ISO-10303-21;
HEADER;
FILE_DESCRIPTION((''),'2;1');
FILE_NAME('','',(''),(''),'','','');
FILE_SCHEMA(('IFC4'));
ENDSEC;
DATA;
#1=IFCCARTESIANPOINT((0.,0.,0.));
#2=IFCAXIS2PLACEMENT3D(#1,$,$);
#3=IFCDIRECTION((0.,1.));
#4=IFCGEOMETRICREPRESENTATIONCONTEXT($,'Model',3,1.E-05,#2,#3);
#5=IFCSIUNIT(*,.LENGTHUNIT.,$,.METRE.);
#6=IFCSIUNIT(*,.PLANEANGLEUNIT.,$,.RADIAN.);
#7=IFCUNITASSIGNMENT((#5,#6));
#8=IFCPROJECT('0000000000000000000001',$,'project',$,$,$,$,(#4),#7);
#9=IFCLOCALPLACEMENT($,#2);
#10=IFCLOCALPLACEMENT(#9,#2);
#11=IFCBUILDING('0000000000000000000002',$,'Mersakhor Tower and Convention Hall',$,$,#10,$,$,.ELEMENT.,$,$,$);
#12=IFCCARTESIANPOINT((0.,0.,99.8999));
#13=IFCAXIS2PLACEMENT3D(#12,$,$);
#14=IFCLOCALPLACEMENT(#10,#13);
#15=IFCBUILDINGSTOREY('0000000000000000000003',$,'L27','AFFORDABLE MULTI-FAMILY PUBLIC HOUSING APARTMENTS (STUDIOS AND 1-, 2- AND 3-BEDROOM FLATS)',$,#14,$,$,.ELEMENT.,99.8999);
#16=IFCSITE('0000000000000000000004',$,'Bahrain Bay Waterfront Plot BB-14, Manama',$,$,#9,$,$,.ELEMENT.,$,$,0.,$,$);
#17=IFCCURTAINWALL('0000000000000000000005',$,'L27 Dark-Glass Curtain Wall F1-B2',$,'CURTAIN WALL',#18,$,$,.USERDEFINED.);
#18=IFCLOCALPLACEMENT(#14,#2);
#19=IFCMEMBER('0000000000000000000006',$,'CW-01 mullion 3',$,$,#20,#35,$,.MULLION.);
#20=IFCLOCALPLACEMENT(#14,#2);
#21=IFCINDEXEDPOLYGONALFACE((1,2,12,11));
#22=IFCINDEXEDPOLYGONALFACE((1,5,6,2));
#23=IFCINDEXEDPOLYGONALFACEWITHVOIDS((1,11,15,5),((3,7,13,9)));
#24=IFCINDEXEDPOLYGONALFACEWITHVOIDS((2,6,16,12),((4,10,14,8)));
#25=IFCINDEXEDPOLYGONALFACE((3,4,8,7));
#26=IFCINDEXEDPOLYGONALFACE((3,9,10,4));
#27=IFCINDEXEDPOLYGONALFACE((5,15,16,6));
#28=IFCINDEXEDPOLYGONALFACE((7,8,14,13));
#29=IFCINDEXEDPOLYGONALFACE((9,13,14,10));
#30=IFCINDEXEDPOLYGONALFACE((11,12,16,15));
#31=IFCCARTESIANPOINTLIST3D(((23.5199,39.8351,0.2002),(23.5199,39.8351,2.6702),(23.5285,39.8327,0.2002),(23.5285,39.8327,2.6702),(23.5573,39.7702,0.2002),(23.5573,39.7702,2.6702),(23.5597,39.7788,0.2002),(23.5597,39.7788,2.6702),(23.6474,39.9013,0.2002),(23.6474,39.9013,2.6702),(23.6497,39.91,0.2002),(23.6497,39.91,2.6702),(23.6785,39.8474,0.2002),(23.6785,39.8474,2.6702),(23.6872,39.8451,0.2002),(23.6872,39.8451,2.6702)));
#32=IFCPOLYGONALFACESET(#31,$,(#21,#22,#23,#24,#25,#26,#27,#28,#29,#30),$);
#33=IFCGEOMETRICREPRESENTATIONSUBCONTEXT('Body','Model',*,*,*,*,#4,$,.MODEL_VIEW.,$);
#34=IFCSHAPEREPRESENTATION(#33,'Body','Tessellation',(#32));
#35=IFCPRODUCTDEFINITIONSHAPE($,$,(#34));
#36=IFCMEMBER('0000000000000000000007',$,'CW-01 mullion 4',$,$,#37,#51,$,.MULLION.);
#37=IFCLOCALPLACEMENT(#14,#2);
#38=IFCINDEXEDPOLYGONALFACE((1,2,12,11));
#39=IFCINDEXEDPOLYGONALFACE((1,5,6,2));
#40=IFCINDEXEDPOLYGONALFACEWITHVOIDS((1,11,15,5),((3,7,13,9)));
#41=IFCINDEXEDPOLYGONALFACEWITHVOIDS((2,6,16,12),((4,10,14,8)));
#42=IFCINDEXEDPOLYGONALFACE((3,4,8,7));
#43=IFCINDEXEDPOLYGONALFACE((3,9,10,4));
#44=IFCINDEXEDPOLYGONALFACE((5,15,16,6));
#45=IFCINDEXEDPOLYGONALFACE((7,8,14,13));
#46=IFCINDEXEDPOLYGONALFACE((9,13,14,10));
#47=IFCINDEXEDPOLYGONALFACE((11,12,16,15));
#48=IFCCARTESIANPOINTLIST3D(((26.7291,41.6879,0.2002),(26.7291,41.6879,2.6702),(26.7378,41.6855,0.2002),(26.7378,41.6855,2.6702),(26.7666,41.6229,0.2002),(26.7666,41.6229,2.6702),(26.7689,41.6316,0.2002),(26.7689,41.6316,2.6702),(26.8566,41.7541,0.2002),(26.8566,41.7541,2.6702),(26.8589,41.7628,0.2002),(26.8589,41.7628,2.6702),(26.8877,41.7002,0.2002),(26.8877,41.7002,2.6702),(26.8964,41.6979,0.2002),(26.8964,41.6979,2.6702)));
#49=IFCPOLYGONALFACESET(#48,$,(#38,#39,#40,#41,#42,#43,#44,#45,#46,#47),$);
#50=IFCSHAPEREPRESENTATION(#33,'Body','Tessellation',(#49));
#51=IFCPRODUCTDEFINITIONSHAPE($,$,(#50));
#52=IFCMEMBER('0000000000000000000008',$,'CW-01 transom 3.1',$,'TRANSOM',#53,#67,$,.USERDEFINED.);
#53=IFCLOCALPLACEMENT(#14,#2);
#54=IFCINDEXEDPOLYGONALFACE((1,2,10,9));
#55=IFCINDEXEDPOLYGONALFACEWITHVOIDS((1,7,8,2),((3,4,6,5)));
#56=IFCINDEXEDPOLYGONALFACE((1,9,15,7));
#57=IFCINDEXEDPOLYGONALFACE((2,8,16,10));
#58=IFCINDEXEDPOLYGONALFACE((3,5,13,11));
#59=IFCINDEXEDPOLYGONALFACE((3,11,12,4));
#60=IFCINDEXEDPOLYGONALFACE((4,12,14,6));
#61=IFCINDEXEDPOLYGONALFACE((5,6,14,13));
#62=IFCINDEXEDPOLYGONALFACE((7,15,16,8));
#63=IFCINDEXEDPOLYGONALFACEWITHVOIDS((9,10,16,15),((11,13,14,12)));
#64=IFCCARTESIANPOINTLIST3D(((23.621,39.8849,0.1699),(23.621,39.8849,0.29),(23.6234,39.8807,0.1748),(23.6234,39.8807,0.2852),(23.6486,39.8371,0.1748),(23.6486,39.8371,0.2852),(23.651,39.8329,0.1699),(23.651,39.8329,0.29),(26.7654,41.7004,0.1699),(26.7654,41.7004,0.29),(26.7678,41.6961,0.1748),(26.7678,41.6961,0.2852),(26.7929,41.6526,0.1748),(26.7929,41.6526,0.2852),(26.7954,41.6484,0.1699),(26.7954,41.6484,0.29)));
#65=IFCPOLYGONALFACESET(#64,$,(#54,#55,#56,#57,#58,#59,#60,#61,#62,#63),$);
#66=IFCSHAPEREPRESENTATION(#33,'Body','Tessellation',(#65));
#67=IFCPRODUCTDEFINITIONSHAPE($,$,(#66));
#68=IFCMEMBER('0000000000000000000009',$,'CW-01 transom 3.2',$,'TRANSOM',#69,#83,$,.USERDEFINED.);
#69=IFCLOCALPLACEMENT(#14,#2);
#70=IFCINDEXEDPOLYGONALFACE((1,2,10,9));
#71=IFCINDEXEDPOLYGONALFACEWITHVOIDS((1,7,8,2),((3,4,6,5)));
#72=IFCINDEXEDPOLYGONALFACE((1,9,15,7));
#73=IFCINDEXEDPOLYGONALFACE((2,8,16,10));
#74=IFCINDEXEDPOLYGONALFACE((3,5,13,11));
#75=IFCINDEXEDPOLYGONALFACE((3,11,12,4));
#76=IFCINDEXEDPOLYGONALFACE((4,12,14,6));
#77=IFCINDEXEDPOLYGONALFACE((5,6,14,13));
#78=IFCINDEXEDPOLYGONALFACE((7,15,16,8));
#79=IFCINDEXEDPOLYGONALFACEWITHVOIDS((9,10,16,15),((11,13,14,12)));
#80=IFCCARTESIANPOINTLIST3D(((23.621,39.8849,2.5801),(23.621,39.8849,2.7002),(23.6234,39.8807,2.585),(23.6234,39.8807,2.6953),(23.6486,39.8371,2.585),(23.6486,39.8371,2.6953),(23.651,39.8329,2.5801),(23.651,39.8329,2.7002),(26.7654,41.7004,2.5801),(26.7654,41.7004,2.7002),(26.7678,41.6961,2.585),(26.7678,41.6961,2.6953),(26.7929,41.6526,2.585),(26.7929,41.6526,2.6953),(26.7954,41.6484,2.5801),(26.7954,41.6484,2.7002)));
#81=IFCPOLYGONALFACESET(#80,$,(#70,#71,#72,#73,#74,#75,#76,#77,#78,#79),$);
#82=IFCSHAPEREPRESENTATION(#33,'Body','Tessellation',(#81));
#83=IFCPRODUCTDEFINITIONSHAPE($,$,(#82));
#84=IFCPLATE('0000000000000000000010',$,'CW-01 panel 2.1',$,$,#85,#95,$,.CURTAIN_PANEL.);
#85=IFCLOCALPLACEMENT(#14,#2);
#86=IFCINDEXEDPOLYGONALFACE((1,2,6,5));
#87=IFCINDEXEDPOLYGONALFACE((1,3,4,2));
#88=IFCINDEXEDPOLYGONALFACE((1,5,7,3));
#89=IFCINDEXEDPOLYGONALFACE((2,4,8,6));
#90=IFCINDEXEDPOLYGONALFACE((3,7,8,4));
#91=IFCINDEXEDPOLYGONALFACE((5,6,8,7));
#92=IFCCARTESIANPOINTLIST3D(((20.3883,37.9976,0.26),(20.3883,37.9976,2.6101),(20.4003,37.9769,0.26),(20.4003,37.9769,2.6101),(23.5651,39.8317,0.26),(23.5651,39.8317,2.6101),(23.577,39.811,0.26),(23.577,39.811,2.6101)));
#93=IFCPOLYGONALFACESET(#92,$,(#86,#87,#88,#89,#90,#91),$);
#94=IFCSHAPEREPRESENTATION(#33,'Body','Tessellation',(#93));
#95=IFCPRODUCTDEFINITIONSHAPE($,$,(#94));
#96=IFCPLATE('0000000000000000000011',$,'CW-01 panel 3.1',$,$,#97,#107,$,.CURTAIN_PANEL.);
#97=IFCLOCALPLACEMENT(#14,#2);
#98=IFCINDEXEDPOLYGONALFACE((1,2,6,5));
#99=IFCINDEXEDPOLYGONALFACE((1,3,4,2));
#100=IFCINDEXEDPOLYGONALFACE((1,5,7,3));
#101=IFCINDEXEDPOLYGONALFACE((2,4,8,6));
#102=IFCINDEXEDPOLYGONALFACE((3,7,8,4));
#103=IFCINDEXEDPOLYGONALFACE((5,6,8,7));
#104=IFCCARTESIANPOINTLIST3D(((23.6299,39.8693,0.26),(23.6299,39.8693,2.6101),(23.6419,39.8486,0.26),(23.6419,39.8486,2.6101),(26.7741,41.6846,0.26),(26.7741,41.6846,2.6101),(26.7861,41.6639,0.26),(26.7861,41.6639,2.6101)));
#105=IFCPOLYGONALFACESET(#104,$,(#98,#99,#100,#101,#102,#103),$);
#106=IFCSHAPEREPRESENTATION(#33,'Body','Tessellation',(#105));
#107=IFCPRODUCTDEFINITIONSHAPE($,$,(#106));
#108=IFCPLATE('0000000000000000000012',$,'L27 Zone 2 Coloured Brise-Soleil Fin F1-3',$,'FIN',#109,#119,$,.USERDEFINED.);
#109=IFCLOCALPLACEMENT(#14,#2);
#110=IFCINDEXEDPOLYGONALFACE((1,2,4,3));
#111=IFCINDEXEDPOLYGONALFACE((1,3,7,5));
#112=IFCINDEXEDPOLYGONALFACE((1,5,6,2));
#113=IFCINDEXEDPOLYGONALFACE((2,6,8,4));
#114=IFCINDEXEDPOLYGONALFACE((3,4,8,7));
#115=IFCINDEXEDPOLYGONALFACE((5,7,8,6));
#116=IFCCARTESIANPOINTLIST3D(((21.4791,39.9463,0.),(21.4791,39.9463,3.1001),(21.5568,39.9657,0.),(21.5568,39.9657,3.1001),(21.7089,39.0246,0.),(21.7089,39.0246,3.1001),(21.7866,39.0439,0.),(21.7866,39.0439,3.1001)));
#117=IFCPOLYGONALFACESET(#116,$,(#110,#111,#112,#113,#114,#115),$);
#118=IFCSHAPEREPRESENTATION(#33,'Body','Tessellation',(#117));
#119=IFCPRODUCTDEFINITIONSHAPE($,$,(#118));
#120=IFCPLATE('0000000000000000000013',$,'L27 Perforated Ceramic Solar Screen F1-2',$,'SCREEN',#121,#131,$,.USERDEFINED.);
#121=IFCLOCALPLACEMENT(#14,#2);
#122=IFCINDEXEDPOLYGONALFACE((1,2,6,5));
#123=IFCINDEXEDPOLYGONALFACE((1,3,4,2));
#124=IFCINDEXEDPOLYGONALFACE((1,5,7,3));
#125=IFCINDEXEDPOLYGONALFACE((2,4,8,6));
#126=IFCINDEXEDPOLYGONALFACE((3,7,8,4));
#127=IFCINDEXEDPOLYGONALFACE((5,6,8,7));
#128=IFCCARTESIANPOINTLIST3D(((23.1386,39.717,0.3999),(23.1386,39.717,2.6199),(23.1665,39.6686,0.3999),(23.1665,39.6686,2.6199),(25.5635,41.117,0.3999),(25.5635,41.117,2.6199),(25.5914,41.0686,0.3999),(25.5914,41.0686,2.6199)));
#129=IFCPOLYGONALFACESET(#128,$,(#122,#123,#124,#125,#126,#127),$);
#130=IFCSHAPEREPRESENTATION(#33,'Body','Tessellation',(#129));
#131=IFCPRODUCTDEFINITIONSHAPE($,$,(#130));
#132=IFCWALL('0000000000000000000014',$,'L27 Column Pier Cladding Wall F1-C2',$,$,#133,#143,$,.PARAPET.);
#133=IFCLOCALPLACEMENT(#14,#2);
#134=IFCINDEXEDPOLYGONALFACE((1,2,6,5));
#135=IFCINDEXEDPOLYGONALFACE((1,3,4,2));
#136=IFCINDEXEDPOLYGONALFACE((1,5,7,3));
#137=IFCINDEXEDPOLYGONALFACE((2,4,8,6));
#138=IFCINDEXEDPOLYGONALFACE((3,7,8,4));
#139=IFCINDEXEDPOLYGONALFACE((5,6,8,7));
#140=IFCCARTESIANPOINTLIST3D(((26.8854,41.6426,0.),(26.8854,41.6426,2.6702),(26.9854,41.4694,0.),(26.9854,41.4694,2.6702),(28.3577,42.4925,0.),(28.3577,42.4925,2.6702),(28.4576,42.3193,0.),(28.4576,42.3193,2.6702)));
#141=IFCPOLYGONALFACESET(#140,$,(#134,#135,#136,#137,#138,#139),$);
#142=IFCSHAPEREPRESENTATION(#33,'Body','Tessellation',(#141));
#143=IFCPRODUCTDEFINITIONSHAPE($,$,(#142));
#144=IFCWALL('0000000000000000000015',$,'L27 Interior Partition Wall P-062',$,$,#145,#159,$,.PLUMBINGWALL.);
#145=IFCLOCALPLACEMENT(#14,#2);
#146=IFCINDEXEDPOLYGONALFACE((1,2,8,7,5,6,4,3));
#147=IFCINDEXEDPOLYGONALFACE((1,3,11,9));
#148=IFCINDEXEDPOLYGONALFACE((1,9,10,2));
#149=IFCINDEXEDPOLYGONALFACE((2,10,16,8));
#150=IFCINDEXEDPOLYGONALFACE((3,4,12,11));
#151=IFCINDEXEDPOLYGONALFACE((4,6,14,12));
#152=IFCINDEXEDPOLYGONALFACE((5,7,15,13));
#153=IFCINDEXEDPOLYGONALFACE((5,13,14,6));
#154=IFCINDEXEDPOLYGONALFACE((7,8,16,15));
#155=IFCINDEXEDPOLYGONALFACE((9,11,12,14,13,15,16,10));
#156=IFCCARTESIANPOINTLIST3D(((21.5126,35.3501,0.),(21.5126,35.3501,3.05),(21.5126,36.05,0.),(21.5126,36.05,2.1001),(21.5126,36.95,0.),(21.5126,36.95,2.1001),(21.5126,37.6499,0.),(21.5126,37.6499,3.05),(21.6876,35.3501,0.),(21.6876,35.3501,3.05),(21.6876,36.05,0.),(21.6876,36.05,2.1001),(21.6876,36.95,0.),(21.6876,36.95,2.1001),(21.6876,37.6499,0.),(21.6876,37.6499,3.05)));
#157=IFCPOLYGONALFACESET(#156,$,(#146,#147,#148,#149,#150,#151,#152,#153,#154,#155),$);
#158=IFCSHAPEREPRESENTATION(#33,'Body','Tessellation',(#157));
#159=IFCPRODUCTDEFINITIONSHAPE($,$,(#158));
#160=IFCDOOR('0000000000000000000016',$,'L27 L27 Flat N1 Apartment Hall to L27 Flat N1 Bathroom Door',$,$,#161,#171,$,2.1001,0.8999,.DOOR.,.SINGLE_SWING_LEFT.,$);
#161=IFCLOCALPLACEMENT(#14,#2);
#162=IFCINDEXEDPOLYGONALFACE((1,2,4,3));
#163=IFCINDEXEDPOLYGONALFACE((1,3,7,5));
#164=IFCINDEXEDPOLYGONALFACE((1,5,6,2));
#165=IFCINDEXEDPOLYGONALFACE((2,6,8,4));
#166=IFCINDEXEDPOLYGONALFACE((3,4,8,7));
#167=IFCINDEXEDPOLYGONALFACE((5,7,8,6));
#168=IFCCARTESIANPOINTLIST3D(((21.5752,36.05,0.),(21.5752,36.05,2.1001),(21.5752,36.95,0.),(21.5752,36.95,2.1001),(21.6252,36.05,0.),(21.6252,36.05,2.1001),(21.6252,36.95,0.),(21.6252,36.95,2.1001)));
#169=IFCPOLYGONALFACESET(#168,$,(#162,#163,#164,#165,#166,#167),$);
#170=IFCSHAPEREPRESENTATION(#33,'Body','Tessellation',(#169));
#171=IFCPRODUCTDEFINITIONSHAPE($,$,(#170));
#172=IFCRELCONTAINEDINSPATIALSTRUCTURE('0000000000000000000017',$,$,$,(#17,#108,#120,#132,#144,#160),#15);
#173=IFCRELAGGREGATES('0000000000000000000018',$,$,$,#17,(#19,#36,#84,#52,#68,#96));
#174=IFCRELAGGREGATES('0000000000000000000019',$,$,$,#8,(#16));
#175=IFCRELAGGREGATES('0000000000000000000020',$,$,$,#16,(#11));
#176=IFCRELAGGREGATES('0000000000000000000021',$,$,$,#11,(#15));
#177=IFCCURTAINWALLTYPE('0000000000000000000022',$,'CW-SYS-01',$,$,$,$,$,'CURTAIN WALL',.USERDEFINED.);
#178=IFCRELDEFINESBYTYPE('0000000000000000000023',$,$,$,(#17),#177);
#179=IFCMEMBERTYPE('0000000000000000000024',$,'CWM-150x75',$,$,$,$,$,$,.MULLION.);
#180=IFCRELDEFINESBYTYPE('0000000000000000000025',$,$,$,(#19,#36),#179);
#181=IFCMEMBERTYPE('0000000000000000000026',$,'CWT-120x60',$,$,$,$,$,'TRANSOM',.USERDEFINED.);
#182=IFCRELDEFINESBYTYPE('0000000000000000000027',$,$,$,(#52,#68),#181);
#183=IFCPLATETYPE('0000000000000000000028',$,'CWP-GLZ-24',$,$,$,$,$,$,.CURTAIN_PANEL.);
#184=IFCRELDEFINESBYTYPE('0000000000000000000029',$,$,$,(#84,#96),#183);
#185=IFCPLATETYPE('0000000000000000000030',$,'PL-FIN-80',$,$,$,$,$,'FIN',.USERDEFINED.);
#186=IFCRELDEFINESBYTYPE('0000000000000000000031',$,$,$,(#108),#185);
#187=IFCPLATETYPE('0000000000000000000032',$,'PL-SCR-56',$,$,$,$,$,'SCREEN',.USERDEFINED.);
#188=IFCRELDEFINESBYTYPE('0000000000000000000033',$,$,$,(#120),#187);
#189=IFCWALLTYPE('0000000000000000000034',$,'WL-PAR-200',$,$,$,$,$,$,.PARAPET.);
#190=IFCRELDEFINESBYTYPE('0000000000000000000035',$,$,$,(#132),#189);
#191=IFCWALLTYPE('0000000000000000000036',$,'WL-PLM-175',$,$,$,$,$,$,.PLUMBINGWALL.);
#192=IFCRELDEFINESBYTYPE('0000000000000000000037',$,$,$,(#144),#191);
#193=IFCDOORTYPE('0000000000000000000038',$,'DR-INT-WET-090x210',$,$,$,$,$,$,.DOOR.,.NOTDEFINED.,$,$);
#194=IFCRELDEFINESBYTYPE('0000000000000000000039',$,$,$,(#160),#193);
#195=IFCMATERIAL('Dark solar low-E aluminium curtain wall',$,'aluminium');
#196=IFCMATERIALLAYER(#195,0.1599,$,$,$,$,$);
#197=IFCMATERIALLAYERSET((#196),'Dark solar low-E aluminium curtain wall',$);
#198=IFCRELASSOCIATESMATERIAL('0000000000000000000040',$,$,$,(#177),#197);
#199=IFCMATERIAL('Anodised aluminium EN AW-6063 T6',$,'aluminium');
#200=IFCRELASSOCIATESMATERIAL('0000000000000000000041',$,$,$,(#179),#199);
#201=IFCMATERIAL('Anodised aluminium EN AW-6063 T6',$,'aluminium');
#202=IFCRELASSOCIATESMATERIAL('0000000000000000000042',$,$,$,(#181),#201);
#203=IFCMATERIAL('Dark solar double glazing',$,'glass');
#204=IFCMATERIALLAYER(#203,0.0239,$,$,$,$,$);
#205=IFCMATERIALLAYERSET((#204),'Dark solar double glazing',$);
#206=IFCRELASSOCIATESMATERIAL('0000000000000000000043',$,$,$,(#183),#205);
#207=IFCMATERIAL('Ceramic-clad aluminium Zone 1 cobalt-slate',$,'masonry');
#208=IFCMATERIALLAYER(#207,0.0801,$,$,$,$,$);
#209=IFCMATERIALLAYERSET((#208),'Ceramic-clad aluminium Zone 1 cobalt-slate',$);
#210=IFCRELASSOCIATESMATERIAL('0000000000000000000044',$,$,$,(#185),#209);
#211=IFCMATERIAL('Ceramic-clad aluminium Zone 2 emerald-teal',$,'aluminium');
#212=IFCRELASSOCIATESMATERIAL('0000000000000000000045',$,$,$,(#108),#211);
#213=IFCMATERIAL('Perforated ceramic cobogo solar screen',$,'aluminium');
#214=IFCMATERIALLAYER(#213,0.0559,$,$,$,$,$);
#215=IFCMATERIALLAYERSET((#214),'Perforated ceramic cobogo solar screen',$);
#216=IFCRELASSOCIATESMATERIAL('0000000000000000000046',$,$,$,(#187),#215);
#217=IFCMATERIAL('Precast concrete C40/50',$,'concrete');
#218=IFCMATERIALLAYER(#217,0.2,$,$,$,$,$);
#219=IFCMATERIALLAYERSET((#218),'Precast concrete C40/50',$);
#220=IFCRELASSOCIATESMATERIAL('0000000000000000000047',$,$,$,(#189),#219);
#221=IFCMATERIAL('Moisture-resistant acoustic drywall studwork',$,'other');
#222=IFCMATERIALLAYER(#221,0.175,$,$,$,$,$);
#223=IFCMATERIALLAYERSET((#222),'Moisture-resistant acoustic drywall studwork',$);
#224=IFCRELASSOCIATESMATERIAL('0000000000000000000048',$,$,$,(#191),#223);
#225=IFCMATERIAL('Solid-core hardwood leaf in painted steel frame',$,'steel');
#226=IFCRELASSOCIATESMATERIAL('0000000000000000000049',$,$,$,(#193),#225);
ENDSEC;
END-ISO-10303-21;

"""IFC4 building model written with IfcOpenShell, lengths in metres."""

from ifc_helpers import new_model, si_unit, direction, frame, frame_2d, origin, origin_2d, place, context, subcontext, project, spatial, rectangle, hollow_rectangle, extrude, material, layer, layer_set, material_profile, profile_set, type_object, element, fill, aggregate, save


model = new_model("IFC4")

# Units and contexts
model_context = context("Model", 3, precision=1e-05, world=origin(), true_north=direction((0.0, 1.0)))
body_context = subcontext(model_context, "Body", "Model", "MODEL_VIEW")
ifc_project = project(units=[si_unit("LENGTHUNIT", "METRE"), si_unit("PLANEANGLEUNIT", "RADIAN")], contexts=[model_context])

# Site, building, storey
site_placement = place(None, origin())
site = spatial("IfcSite", under=ifc_project, at=site_placement, Name="Bahrain Bay Waterfront Plot BB-14, Manama", CompositionType="ELEMENT", RefElevation=0.0)
building_placement = place(site_placement, origin())
building = spatial("IfcBuilding", under=site, at=building_placement, Name="Mersakhor Tower and Convention Hall", CompositionType="ELEMENT")
storey_placement = place(building_placement, frame((0.0, 0.0, 99.8999)))
storey = spatial("IfcBuildingStorey", under=building, at=storey_placement, Name="L27", Description="AFFORDABLE MULTI-FAMILY PUBLIC HOUSING APARTMENTS (STUDIOS AND 1-, 2- AND 3-BEDROOM FLATS)", CompositionType="ELEMENT", Elevation=99.8999)

# Curtain wall, members, plates
ifc_material_1 = material(Name="Dark solar low-E aluminium curtain wall", Category="aluminium")
ifc_layer_1 = layer(ifc_material_1, 0.1599)
ifc_layer_set_1 = layer_set([ifc_layer_1], Name="Dark solar low-E aluminium curtain wall")
curtain_wall_type = type_object("IfcCurtainWallType", Name="CW-SYS-01", ElementType="CURTAIN WALL", PredefinedType="USERDEFINED", material=ifc_layer_set_1)
curtain_wall_placement = place(storey_placement, origin())
curtain_wall = element("IfcCurtainWall", 1, at=curtain_wall_placement, inside=storey, type_object=curtain_wall_type, Name="L27 Dark-Glass Curtain Wall F1-B2", ObjectType="CURTAIN WALL", PredefinedType="USERDEFINED")
ifc_material_2 = material(Name="Anodised aluminium EN AW-6063 T6", Category="aluminium")
ifc_material_profile_1 = material_profile(ifc_material_2, hollow_rectangle(XDim=0.075, YDim=0.1499, WallThickness=0.0063, at=origin_2d()), Name="RHS 150x75x6.3")
ifc_profile_set_1 = profile_set([ifc_material_profile_1], Name="Anodised aluminium EN AW-6063 T6")
member_type_1 = type_object("IfcMemberType", Name="CWM-150x75", PredefinedType="MULLION", material=ifc_profile_set_1)
member_1_placement = place(storey_placement, frame((23.6035, 39.8401, 0.2002), z_axis=(0.0, 0.0, 1.0), x_axis=(-0.499998, 0.866027, 0.0)))
member_1 = element("IfcMember", 2, at=member_1_placement, type_object=member_type_1, Name="CW-01 mullion 3", PredefinedType="MULLION", context=body_context, shape_type="SweptSolid", body=[
    extrude(hollow_rectangle(XDim=0.075, YDim=0.1499, WallThickness=0.0063, at=origin_2d()), origin(), (0.0, 0.0, 1.0), 2.47),
])
member_2_placement = place(storey_placement, frame((26.8127, 41.6929, 0.2002), z_axis=(0.0, 0.0, 1.0), x_axis=(-0.499998, 0.866027, 0.0)))
member_2 = element("IfcMember", 3, at=member_2_placement, type_object=member_type_1, Name="CW-01 mullion 4", PredefinedType="MULLION", context=body_context, shape_type="SweptSolid", body=[
    extrude(hollow_rectangle(XDim=0.075, YDim=0.1499, WallThickness=0.0063, at=origin_2d()), origin(), (0.0, 0.0, 1.0), 2.47),
])
ifc_material_3 = material(Name="Anodised aluminium EN AW-6063 T6", Category="aluminium")
ifc_material_profile_2 = material_profile(ifc_material_3, hollow_rectangle(XDim=0.0601, YDim=0.1201, WallThickness=0.0049, at=origin_2d()), Name="RHS 120x60x5")
ifc_profile_set_2 = profile_set([ifc_material_profile_2], Name="Anodised aluminium EN AW-6063 T6")
member_type_2 = type_object("IfcMemberType", Name="CWT-120x60", ElementType="TRANSOM", PredefinedType="USERDEFINED", material=ifc_profile_set_2)
member_3_placement = place(storey_placement, frame((23.636, 39.8589, 0.23), z_axis=(0.866016, 0.500015, 0.0), x_axis=(-0.500015, 0.866016, 0.0)))
member_3 = element("IfcMember", 4, at=member_3_placement, type_object=member_type_2, Name="CW-01 transom 3.1", ObjectType="TRANSOM", PredefinedType="USERDEFINED", context=body_context, shape_type="SweptSolid", body=[
    extrude(hollow_rectangle(XDim=0.0601, YDim=0.1201, WallThickness=0.0049, at=origin_2d()), origin(), (0.0, 0.0, 1.0), 3.6309),
])
member_4_placement = place(storey_placement, frame((23.636, 39.8589, 2.6401), z_axis=(0.866016, 0.500015, 0.0), x_axis=(-0.500015, 0.866016, 0.0)))
member_4 = element("IfcMember", 5, at=member_4_placement, type_object=member_type_2, Name="CW-01 transom 3.2", ObjectType="TRANSOM", PredefinedType="USERDEFINED", context=body_context, shape_type="SweptSolid", body=[
    extrude(hollow_rectangle(XDim=0.0601, YDim=0.1201, WallThickness=0.0049, at=origin_2d()), origin(), (0.0, 0.0, 1.0), 3.6309),
])
ifc_material_4 = material(Name="Dark solar double glazing", Category="glass")
ifc_layer_2 = layer(ifc_material_4, 0.0239)
ifc_layer_set_2 = layer_set([ifc_layer_2], Name="Dark solar double glazing")
plate_type_1 = type_object("IfcPlateType", Name="CWP-GLZ-24", PredefinedType="CURTAIN_PANEL", material=ifc_layer_set_2)
plate_1_placement = place(storey_placement, frame((21.9827, 38.9043, 0.26), z_axis=(0.0, 0.0, 1.0), x_axis=(0.866027, 0.499998, 0.0)))
plate_1 = element("IfcPlate", 6, at=plate_1_placement, type_object=plate_type_1, Name="CW-01 panel 2.1", PredefinedType="CURTAIN_PANEL", context=body_context, shape_type="SweptSolid", body=[
    extrude(rectangle(XDim=3.6682, YDim=0.0239, at=origin_2d()), origin(), (0.0, 0.0, 1.0), 2.3501),
])
plate_2_placement = place(storey_placement, frame((25.208, 40.7666, 0.26), z_axis=(0.0, 0.0, 1.0), x_axis=(0.866027, 0.499998, 0.0)))
plate_2 = element("IfcPlate", 7, at=plate_2_placement, type_object=plate_type_1, Name="CW-01 panel 3.1", PredefinedType="CURTAIN_PANEL", context=body_context, shape_type="SweptSolid", body=[
    extrude(rectangle(XDim=3.6306, YDim=0.0239, at=origin_2d()), origin(), (0.0, 0.0, 1.0), 2.3501),
])
aggregate(curtain_wall, [member_1, member_2, plate_1, member_3, member_4, plate_2])

# Plates
ifc_material_5 = material(Name="Ceramic-clad aluminium Zone 2 emerald-teal", Category="aluminium")
ifc_material_6 = material(Name="Ceramic-clad aluminium Zone 1 cobalt-slate", Category="masonry")
ifc_layer_3 = layer(ifc_material_6, 0.0801)
ifc_layer_set_3 = layer_set([ifc_layer_3], Name="Ceramic-clad aluminium Zone 1 cobalt-slate")
plate_type_2 = type_object("IfcPlateType", Name="PL-FIN-80", ElementType="FIN", PredefinedType="USERDEFINED", material=ifc_layer_set_3)
plate_3_placement = place(storey_placement, frame((21.6328, 39.4951, 0.0), z_axis=(0.0, 0.0, 1.0), x_axis=(-0.241922, 0.970296, 0.0)))
element("IfcPlate", 8, at=plate_3_placement, inside=storey, type_object=plate_type_2, material=ifc_material_5, Name="L27 Zone 2 Coloured Brise-Soleil Fin F1-3", ObjectType="FIN", PredefinedType="USERDEFINED", context=body_context, shape_type="SweptSolid", body=[
    extrude(rectangle(XDim=0.95, YDim=0.0801, at=origin_2d()), origin(), (0.0, 0.0, 1.0), 3.1001),
])
ifc_material_7 = material(Name="Perforated ceramic cobogo solar screen", Category="aluminium")
ifc_layer_4 = layer(ifc_material_7, 0.0559)
ifc_layer_set_4 = layer_set([ifc_layer_4], Name="Perforated ceramic cobogo solar screen")
plate_type_3 = type_object("IfcPlateType", Name="PL-SCR-56", ElementType="SCREEN", PredefinedType="USERDEFINED", material=ifc_layer_set_4)
plate_4_placement = place(storey_placement, frame((24.365, 40.3928, 0.3999), z_axis=(0.0, 0.0, 1.0), x_axis=(0.866025, 0.5, 0.0)))
element("IfcPlate", 9, at=plate_4_placement, inside=storey, type_object=plate_type_3, Name="L27 Perforated Ceramic Solar Screen F1-2", ObjectType="SCREEN", PredefinedType="USERDEFINED", context=body_context, shape_type="SweptSolid", body=[
    extrude(rectangle(XDim=2.8, YDim=0.0559, at=origin_2d()), origin(), (0.0, 0.0, 1.0), 2.22),
])

# Wall
ifc_material_8 = material(Name="Precast concrete C40/50", Category="concrete")
ifc_layer_5 = layer(ifc_material_8, 0.2)
ifc_layer_set_5 = layer_set([ifc_layer_5], Name="Precast concrete C40/50")
wall_type_1 = type_object("IfcWallType", Name="WL-PAR-200", PredefinedType="PARAPET", material=ifc_layer_set_5)
wall_1_placement = place(storey_placement, frame((26.9353, 41.5559, 0.0), z_axis=(0.0, 0.0, 1.0), x_axis=(0.866052, 0.499955, 0.0)))
element("IfcWall", 10, at=wall_1_placement, inside=storey, type_object=wall_type_1, Name="L27 Column Pier Cladding Wall F1-C2", PredefinedType="PARAPET", context=body_context, shape_type="SweptSolid", body=[
    extrude(rectangle(XDim=1.7, YDim=0.2, at=frame_2d((0.8501, 0.0))), origin(), (0.0, 0.0, 1.0), 2.6702),
])

# Wall, opening, door
ifc_material_9 = material(Name="Moisture-resistant acoustic drywall studwork", Category="other")
ifc_layer_6 = layer(ifc_material_9, 0.175)
ifc_layer_set_6 = layer_set([ifc_layer_6], Name="Moisture-resistant acoustic drywall studwork")
wall_type_2 = type_object("IfcWallType", Name="WL-PLM-175", PredefinedType="PLUMBINGWALL", material=ifc_layer_set_6)
wall_2_placement = place(storey_placement, frame((21.6001, 35.3501, 0.0), z_axis=(0.0, 0.0, 1.0), x_axis=(0.0, 1.0, 0.0)))
wall_2 = element("IfcWall", 11, at=wall_2_placement, inside=storey, type_object=wall_type_2, Name="L27 Interior Partition Wall P-062", PredefinedType="PLUMBINGWALL", context=body_context, shape_type="SweptSolid", body=[
    extrude(rectangle(XDim=2.2998, YDim=0.175, at=frame_2d((1.1499, 0.0))), origin(), (0.0, 0.0, 1.0), 3.05),
])
opening_1_placement = place(wall_2_placement, frame((0.7, 0.0, 0.0)))
opening_1 = element("IfcOpeningElement", 12, at=opening_1_placement, cuts=wall_2, PredefinedType="OPENING", context=body_context, shape_type="SweptSolid", body=[
    extrude(rectangle(XDim=0.8999, YDim=2.1001, at=frame_2d((0.45, 1.05))), frame((0.0, 0.0974, 0.0), z_axis=(0.0, -1.0, 0.0), x_axis=(1.0, 0.0, 0.0)), (0.0, 0.0, 1.0), 0.1951),
])
ifc_material_10 = material(Name="Solid-core hardwood leaf in painted steel frame", Category="steel")
door_type_1 = type_object("IfcDoorType", Name="DR-INT-WET-090x210", OperationType="NOTDEFINED", PredefinedType="DOOR", material=ifc_material_10)
door_1_placement = place(opening_1_placement, origin())
door_1 = element("IfcDoor", 13, at=door_1_placement, inside=storey, type_object=door_type_1, Name="L27 L27 Flat N1 Apartment Hall to L27 Flat N1 Bathroom Door", OperationType="SINGLE_SWING_LEFT", OverallHeight=2.1001, OverallWidth=0.8999, PredefinedType="DOOR", context=body_context, shape_type="SweptSolid", body=[
    extrude(rectangle(XDim=0.8999, YDim=2.1001, at=frame_2d((0.45, 1.05))), frame((0.0, 0.0249, 0.0), z_axis=(0.0, -1.0, 0.0), x_axis=(1.0, 0.0, 0.0)), (0.0, 0.0, 1.0), 0.05),
])
fill(opening_1, door_1)

save(model, "model.ifc")
